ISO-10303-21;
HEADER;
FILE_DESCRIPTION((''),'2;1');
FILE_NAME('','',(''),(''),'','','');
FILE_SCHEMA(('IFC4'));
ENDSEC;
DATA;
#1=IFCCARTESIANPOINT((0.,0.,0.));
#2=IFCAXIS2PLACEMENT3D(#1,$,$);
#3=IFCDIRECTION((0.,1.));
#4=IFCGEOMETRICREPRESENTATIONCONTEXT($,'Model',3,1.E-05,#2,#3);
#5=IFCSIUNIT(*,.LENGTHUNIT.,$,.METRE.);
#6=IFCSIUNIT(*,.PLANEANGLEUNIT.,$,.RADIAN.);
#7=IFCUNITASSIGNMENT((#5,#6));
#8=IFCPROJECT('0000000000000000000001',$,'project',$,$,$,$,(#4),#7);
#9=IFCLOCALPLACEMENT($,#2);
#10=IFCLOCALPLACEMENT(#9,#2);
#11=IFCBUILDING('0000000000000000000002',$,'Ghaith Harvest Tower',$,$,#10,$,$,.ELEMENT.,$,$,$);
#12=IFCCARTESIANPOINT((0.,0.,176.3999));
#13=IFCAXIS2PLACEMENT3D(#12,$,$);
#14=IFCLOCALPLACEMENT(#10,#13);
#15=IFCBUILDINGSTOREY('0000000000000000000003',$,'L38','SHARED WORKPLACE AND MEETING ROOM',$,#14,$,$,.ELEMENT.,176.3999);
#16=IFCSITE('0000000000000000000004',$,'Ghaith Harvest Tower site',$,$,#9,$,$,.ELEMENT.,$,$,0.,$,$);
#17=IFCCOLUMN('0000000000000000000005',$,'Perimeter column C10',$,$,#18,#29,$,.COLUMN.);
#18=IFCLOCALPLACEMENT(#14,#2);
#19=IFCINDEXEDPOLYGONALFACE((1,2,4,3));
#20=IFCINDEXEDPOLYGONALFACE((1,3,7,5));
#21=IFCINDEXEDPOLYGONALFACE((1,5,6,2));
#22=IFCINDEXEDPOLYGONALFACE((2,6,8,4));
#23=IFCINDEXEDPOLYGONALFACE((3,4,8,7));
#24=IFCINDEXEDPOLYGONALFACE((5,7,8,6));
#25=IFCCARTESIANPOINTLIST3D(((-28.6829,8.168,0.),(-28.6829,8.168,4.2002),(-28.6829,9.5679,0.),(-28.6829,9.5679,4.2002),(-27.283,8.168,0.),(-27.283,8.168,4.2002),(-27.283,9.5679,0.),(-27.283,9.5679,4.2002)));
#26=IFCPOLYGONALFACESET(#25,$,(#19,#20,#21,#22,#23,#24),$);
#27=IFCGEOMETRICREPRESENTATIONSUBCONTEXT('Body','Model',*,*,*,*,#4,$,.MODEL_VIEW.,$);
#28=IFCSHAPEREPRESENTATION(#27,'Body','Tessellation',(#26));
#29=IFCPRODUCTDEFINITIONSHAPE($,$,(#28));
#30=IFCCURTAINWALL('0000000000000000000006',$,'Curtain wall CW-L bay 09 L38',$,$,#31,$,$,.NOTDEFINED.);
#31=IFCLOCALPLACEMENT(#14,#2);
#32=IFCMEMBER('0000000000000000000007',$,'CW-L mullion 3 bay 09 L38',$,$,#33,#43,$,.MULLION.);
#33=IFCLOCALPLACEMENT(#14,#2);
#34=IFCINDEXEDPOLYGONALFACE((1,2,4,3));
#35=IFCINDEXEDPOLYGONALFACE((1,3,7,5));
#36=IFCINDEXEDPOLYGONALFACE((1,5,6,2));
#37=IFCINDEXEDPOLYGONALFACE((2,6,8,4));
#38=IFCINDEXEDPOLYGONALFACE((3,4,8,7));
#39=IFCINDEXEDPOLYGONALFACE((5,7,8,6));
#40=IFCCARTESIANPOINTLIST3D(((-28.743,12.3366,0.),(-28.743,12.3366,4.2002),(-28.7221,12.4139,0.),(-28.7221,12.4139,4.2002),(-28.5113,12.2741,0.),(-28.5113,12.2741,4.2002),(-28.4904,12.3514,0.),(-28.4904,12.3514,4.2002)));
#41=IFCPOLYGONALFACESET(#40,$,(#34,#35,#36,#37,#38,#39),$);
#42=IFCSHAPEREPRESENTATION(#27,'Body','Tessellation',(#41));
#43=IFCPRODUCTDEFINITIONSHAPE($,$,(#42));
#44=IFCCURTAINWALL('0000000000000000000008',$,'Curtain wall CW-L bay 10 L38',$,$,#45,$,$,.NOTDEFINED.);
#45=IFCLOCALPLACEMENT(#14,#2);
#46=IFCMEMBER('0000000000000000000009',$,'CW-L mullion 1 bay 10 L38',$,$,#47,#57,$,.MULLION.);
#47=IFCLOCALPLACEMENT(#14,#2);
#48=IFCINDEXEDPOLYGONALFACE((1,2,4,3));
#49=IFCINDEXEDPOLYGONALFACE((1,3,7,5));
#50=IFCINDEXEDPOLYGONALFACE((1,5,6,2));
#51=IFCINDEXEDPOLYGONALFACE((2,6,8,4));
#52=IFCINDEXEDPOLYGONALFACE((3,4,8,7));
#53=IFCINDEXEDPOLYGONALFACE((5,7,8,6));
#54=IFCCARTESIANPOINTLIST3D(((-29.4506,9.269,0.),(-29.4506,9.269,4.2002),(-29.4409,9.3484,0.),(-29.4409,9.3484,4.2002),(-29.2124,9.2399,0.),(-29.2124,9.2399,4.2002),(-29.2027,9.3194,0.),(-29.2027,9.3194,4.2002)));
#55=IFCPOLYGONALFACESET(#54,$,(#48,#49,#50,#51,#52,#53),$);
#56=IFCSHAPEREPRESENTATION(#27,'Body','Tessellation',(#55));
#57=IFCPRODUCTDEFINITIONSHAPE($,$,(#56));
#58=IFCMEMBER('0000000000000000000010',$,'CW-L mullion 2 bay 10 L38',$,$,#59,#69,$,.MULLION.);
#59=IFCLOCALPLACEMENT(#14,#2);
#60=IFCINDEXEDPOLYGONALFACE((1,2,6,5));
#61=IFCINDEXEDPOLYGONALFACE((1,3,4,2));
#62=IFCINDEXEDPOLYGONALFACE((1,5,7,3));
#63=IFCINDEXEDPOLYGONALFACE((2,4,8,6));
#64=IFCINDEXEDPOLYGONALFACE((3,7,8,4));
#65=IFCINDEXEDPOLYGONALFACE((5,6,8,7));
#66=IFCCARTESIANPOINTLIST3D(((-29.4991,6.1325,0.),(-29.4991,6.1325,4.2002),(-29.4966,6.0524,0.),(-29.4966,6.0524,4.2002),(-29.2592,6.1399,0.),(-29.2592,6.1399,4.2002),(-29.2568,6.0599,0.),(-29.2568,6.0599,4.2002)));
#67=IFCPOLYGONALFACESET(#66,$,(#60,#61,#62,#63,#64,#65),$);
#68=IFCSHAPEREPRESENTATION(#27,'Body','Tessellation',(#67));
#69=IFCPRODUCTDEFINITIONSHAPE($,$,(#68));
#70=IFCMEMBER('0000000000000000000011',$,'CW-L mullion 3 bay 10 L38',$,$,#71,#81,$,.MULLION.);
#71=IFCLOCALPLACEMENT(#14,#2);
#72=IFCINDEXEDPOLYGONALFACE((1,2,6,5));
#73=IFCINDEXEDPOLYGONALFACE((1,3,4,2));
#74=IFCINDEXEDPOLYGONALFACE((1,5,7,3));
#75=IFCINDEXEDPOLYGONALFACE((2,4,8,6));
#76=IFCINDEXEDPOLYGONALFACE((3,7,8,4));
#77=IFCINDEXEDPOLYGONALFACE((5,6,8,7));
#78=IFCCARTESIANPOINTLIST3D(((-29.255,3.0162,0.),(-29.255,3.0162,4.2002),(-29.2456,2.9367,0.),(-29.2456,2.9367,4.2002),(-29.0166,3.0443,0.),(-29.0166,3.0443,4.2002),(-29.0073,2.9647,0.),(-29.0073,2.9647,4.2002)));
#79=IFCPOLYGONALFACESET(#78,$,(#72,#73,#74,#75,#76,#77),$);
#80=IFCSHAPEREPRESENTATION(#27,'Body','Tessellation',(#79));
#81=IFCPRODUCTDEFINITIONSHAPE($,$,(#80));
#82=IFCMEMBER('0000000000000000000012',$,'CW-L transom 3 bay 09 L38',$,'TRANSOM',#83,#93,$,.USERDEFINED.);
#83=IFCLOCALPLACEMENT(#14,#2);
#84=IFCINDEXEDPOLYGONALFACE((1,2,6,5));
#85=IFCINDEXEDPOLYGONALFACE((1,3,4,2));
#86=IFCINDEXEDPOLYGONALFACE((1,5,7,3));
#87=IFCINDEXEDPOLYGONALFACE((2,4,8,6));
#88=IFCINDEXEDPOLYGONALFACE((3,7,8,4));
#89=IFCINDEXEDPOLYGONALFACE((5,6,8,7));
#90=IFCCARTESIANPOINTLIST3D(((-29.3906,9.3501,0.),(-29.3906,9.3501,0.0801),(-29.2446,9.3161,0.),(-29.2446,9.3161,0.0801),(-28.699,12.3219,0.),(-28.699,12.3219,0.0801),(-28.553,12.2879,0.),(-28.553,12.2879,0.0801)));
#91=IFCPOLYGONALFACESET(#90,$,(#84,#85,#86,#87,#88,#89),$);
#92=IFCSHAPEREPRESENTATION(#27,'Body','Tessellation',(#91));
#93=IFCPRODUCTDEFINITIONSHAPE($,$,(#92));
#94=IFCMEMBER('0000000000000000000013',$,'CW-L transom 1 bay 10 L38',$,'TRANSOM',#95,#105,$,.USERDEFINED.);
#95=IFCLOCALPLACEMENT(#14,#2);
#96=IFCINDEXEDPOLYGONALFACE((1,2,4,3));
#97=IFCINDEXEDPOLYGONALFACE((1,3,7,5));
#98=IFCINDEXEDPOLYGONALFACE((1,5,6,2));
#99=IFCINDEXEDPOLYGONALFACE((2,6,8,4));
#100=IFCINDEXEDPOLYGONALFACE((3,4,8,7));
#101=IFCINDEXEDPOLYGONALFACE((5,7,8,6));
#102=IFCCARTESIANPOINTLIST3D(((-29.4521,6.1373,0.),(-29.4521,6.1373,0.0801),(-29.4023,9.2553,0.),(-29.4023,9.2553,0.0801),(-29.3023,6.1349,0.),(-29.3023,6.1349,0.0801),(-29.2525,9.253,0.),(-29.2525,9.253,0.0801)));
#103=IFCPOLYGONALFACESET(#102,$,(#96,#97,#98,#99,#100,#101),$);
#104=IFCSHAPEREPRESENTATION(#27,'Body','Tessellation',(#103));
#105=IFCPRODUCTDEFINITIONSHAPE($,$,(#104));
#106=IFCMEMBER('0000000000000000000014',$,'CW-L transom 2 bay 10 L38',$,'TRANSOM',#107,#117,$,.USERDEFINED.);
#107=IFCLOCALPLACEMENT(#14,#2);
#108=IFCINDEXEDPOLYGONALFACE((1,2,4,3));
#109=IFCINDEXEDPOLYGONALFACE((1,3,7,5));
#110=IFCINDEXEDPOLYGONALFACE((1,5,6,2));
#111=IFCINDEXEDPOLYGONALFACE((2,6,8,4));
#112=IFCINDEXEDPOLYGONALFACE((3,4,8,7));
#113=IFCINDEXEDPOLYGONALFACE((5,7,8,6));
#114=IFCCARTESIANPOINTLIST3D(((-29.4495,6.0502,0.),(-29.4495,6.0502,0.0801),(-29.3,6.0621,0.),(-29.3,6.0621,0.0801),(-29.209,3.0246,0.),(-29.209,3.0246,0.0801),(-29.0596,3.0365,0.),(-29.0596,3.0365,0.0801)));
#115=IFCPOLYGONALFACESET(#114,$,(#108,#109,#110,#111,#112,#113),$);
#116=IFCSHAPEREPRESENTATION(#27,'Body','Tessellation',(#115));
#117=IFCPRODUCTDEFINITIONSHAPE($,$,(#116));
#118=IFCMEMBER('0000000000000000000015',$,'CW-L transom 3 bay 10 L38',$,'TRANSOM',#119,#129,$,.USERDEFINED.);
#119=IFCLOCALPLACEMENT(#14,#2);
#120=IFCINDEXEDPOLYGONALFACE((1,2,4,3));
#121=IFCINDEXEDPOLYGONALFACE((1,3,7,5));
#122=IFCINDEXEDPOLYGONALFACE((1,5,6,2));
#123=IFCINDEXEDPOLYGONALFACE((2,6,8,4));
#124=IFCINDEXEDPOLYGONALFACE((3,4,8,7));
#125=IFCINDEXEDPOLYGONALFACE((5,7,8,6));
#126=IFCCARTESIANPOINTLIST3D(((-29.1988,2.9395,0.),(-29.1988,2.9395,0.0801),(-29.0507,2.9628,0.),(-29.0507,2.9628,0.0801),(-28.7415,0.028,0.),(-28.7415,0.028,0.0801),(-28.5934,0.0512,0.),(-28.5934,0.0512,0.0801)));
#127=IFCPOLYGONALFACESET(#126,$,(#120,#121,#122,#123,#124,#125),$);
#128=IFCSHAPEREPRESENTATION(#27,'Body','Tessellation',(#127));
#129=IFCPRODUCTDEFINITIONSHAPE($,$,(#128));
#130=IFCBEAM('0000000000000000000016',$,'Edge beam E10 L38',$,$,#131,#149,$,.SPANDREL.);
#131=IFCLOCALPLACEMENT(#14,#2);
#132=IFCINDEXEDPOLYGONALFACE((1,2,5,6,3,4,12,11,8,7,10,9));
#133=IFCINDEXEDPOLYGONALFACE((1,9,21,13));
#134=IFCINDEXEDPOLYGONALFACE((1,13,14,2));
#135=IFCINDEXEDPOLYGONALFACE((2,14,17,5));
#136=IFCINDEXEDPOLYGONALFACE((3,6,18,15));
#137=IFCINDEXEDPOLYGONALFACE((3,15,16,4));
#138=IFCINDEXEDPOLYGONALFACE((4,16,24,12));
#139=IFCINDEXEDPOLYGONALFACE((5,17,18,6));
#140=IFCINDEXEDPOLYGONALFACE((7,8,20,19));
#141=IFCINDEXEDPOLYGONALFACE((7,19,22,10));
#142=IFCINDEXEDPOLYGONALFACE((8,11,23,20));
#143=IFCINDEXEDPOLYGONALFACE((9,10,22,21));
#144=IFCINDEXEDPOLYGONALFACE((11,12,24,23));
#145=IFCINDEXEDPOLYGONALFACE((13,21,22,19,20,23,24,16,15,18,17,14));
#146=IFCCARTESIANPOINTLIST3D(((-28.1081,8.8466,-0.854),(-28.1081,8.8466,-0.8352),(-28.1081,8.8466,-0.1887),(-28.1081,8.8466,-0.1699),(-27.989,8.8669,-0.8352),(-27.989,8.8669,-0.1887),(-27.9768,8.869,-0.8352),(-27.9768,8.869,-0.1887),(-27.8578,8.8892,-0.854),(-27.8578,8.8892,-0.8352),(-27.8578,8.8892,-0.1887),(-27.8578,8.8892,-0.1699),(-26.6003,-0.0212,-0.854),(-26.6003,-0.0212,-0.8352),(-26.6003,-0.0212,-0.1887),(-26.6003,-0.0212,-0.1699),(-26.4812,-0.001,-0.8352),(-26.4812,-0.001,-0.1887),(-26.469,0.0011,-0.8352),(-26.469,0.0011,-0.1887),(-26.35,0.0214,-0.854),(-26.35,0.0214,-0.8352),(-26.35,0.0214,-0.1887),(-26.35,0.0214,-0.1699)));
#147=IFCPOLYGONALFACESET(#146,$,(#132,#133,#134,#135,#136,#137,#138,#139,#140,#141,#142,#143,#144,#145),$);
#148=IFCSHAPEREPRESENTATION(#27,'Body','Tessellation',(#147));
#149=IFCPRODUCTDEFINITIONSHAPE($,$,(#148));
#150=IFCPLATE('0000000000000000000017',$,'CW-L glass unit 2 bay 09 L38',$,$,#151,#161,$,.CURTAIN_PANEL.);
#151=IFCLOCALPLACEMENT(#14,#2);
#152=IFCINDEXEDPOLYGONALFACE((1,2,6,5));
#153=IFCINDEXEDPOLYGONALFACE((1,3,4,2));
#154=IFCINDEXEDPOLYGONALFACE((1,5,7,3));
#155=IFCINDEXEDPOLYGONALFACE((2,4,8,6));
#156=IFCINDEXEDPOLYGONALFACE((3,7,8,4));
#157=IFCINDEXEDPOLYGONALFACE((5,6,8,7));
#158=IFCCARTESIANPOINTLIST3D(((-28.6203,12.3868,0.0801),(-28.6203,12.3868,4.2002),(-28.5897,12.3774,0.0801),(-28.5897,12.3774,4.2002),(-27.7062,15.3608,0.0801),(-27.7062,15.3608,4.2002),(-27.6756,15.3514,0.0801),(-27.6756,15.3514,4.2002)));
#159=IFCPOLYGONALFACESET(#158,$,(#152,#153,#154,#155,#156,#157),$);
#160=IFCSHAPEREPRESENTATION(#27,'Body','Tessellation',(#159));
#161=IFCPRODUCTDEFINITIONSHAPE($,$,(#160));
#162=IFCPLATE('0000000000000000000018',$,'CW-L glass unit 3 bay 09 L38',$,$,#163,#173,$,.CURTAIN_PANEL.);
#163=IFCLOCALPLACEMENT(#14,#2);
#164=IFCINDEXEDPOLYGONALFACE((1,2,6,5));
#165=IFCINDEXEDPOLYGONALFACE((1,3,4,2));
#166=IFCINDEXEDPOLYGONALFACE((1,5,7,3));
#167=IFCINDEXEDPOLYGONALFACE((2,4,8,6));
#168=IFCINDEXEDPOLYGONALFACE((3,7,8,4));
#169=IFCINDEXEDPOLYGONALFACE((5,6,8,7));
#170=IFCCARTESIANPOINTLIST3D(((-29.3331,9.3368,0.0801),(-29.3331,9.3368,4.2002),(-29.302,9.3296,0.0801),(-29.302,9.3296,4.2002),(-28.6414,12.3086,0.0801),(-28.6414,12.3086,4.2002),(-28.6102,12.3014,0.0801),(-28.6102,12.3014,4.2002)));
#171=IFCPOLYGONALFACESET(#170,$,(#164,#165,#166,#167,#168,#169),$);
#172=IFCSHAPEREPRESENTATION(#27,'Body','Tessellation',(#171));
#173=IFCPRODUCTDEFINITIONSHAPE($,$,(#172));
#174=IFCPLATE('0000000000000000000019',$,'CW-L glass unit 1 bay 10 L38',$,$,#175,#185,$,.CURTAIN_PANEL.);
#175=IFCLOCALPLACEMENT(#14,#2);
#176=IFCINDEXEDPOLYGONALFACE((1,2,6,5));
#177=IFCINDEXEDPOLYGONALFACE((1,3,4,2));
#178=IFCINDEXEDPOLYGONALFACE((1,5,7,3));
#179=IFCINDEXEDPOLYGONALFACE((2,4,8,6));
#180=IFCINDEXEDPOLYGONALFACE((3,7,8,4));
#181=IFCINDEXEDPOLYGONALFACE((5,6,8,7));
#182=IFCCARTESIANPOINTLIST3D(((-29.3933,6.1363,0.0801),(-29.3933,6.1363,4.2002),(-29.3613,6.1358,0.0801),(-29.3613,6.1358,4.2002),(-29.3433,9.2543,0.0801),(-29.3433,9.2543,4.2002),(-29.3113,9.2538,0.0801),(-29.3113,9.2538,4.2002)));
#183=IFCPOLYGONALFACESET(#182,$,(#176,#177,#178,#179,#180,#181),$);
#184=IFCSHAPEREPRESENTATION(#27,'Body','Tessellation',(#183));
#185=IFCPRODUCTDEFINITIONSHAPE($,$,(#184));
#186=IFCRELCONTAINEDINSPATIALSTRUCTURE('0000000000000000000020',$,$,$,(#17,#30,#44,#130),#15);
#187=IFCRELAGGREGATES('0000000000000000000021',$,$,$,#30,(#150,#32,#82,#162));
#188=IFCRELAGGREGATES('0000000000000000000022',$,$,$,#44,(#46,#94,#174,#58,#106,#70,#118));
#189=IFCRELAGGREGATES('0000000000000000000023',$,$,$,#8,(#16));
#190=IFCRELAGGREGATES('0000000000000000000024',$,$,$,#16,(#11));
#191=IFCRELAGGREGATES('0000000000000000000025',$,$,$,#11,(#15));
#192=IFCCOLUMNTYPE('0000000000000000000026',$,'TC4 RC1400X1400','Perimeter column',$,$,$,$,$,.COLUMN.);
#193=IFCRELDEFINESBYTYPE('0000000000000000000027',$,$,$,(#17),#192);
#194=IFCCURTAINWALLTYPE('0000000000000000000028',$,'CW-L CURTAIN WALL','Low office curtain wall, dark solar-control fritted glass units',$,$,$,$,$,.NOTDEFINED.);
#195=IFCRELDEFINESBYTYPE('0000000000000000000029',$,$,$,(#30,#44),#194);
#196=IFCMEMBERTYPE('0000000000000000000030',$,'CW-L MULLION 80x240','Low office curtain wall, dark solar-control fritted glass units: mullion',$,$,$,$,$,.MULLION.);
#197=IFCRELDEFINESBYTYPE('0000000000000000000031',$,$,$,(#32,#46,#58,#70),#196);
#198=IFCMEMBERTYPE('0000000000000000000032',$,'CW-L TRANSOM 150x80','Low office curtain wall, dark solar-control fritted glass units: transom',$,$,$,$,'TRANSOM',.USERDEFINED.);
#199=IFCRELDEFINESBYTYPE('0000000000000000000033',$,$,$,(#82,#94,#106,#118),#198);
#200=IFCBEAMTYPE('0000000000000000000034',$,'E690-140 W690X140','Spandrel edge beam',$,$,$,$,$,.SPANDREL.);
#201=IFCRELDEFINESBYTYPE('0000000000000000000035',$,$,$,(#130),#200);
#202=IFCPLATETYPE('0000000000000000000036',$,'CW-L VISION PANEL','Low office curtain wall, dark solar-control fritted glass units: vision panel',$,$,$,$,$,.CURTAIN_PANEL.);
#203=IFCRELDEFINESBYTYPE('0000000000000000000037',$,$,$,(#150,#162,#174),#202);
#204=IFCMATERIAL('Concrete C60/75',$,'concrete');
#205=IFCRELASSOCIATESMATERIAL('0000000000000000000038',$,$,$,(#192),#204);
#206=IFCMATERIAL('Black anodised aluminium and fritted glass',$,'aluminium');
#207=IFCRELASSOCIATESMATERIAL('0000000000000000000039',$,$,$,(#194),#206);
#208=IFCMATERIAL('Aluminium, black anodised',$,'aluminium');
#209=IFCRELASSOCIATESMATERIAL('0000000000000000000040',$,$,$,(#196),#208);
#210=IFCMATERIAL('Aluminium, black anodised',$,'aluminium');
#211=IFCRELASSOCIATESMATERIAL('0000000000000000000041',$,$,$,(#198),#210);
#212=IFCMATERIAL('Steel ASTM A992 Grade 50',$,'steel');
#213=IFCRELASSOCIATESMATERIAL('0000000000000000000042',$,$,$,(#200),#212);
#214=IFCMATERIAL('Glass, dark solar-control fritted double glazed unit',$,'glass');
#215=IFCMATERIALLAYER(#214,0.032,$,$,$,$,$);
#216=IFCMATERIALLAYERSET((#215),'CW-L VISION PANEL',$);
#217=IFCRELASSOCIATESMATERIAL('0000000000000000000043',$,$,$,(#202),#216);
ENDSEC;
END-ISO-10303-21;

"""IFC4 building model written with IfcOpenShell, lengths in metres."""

from ifc_helpers import new_model, si_unit, direction, frame, origin, origin_2d, place, context, subcontext, project, spatial, rectangle, i_section, extrude, material, layer, layer_set, material_profile, profile_set, type_object, element, aggregate, save


model = new_model("IFC4")

# Units and contexts
model_context = context("Model", 3, precision=1e-05, world=origin(), true_north=direction((0.0, 1.0)))
body_context = subcontext(model_context, "Body", "Model", "MODEL_VIEW")
ifc_project = project(units=[si_unit("LENGTHUNIT", "METRE"), si_unit("PLANEANGLEUNIT", "RADIAN")], contexts=[model_context])

# Site, building, storey
site_placement = place(None, origin())
site = spatial("IfcSite", under=ifc_project, at=site_placement, Name="Ghaith Harvest Tower site", CompositionType="ELEMENT", RefElevation=0.0)
building_placement = place(site_placement, origin())
building = spatial("IfcBuilding", under=site, at=building_placement, Name="Ghaith Harvest Tower", CompositionType="ELEMENT")
storey_placement = place(building_placement, frame((0.0, 0.0, 176.3999)))
storey = spatial("IfcBuildingStorey", under=building, at=storey_placement, Name="L38", Description="SHARED WORKPLACE AND MEETING ROOM", CompositionType="ELEMENT", Elevation=176.3999)

# Column
ifc_material_1 = material(Name="Concrete C60/75", Category="concrete")
ifc_material_profile_1 = material_profile(ifc_material_1, rectangle(XDim=1.3999, YDim=1.3999, at=origin_2d()), Name="RC1400X1400")
ifc_profile_set_1 = profile_set([ifc_material_profile_1], Name="Concrete C60/75")
column_type = type_object("IfcColumnType", Name="TC4 RC1400X1400", Description="Perimeter column", PredefinedType="COLUMN", material=ifc_profile_set_1)
column_placement = place(storey_placement, frame((-27.9829, 8.8679, 0.0), z_axis=(0.0, 0.0, 1.0), x_axis=(1.0, 0.0, 0.0)))
element("IfcColumn", 1, at=column_placement, inside=storey, type_object=column_type, Name="Perimeter column C10", PredefinedType="COLUMN", context=body_context, shape_type="SweptSolid", body=[
    extrude(rectangle(XDim=1.3999, YDim=1.3999, at=origin_2d()), origin(), (0.0, 0.0, 1.0), 4.2002),
])

# Curtain wall, member
ifc_material_2 = material(Name="Black anodised aluminium and fritted glass", Category="aluminium")
curtain_wall_type = type_object("IfcCurtainWallType", Name="CW-L CURTAIN WALL", Description="Low office curtain wall, dark solar-control fritted glass units", PredefinedType="NOTDEFINED", material=ifc_material_2)
curtain_wall_1_placement = place(storey_placement, origin())
curtain_wall_1 = element("IfcCurtainWall", 2, at=curtain_wall_1_placement, inside=storey, type_object=curtain_wall_type, Name="Curtain wall CW-L bay 09 L38", PredefinedType="NOTDEFINED")
ifc_material_3 = material(Name="Aluminium, black anodised", Category="aluminium")
ifc_material_profile_2 = material_profile(ifc_material_3, rectangle(XDim=0.0801, YDim=0.24, at=origin_2d()), Name="CW-L MULLION 80x240")
ifc_profile_set_2 = profile_set([ifc_material_profile_2], Name="Aluminium, black anodised")
member_type_1 = type_object("IfcMemberType", Name="CW-L MULLION 80x240", Description="Low office curtain wall, dark solar-control fritted glass units: mullion", PredefinedType="MULLION", material=ifc_profile_set_2)
member_1_placement = place(storey_placement, frame((-28.6167, 12.344, 0.0), z_axis=(0.0, 0.0, 1.0), x_axis=(-0.260727, -0.965412, 0.0)))
member_1 = element("IfcMember", 3, at=member_1_placement, type_object=member_type_1, Name="CW-L mullion 3 bay 09 L38", PredefinedType="MULLION", context=body_context, shape_type="SweptSolid", body=[
    extrude(rectangle(XDim=0.0801, YDim=0.24, at=origin_2d()), origin(), (0.0, 0.0, 1.0), 4.2002),
])

# Curtain wall, members
curtain_wall_2_placement = place(storey_placement, origin())
curtain_wall_2 = element("IfcCurtainWall", 4, at=curtain_wall_2_placement, inside=storey, type_object=curtain_wall_type, Name="Curtain wall CW-L bay 10 L38", PredefinedType="NOTDEFINED")
member_2_placement = place(storey_placement, frame((-29.3267, 9.2942, 0.0), z_axis=(0.0, 0.0, 1.0), x_axis=(-0.120932, -0.992661, 0.0)))
member_2 = element("IfcMember", 5, at=member_2_placement, type_object=member_type_1, Name="CW-L mullion 1 bay 10 L38", PredefinedType="MULLION", context=body_context, shape_type="SweptSolid", body=[
    extrude(rectangle(XDim=0.0801, YDim=0.24, at=origin_2d()), origin(), (0.0, 0.0, 1.0), 4.2002),
])
member_3_placement = place(storey_placement, frame((-29.3779, 6.0962, 0.0), z_axis=(0.0, 0.0, 1.0), x_axis=(0.031028, -0.999519, 0.0)))
member_3 = element("IfcMember", 6, at=member_3_placement, type_object=member_type_1, Name="CW-L mullion 2 bay 10 L38", PredefinedType="MULLION", context=body_context, shape_type="SweptSolid", body=[
    extrude(rectangle(XDim=0.0801, YDim=0.24, at=origin_2d()), origin(), (0.0, 0.0, 1.0), 4.2002),
])
member_4_placement = place(storey_placement, frame((-29.1311, 2.9905, 0.0), z_axis=(0.0, 0.0, 1.0), x_axis=(0.116764, -0.99316, 0.0)))
member_4 = element("IfcMember", 7, at=member_4_placement, type_object=member_type_1, Name="CW-L mullion 3 bay 10 L38", PredefinedType="MULLION", context=body_context, shape_type="SweptSolid", body=[
    extrude(rectangle(XDim=0.0801, YDim=0.24, at=origin_2d()), origin(), (0.0, 0.0, 1.0), 4.2002),
])

# Members
ifc_material_4 = material(Name="Aluminium, black anodised", Category="aluminium")
ifc_material_profile_3 = material_profile(ifc_material_4, rectangle(XDim=0.1499, YDim=0.0801, at=origin_2d()), Name="CW-L TRANSOM 150x80")
ifc_profile_set_3 = profile_set([ifc_material_profile_3], Name="Aluminium, black anodised")
member_type_2 = type_object("IfcMemberType", Name="CW-L TRANSOM 150x80", Description="Low office curtain wall, dark solar-control fritted glass units: transom", ElementType="TRANSOM", PredefinedType="USERDEFINED", material=ifc_profile_set_3)
member_5_placement = place(storey_placement, frame((-28.626, 12.3049, 0.04), z_axis=(-0.226671, -0.973971, 0.0), x_axis=(0.973971, -0.226671, 0.0)))
member_5 = element("IfcMember", 8, at=member_5_placement, type_object=member_type_2, Name="CW-L transom 3 bay 09 L38", ObjectType="TRANSOM", PredefinedType="USERDEFINED", context=body_context, shape_type="SweptSolid", body=[
    extrude(rectangle(XDim=0.1499, YDim=0.0801, at=origin_2d()), origin(), (0.0, 0.0, 1.0), 3.0513),
])
member_6_placement = place(storey_placement, frame((-29.3274, 9.2542, 0.04), z_axis=(-0.015972, -0.999872, 0.0), x_axis=(0.999872, -0.015972, 0.0)))
member_6 = element("IfcMember", 9, at=member_6_placement, type_object=member_type_2, Name="CW-L transom 1 bay 10 L38", ObjectType="TRANSOM", PredefinedType="USERDEFINED", context=body_context, shape_type="SweptSolid", body=[
    extrude(rectangle(XDim=0.1499, YDim=0.0801, at=origin_2d()), origin(), (0.0, 0.0, 1.0), 3.1184),
])
member_7_placement = place(storey_placement, frame((-29.3748, 6.0562, 0.04), z_axis=(0.07923, -0.996856, 0.0), x_axis=(0.996856, 0.07923, 0.0)))
member_7 = element("IfcMember", 10, at=member_7_placement, type_object=member_type_2, Name="CW-L transom 2 bay 10 L38", ObjectType="TRANSOM", PredefinedType="USERDEFINED", context=body_context, shape_type="SweptSolid", body=[
    extrude(rectangle(XDim=0.1499, YDim=0.0801, at=origin_2d()), origin(), (0.0, 0.0, 1.0), 3.0352),
])
member_8_placement = place(storey_placement, frame((-29.1248, 2.9512, 0.04), z_axis=(0.15515, -0.987891, 0.0), x_axis=(0.987891, 0.15515, 0.0)))
member_8 = element("IfcMember", 11, at=member_8_placement, type_object=member_type_2, Name="CW-L transom 3 bay 10 L38", ObjectType="TRANSOM", PredefinedType="USERDEFINED", context=body_context, shape_type="SweptSolid", body=[
    extrude(rectangle(XDim=0.1499, YDim=0.0801, at=origin_2d()), origin(), (0.0, 0.0, 1.0), 2.9473),
])

# Beam
ifc_material_5 = material(Name="Steel ASTM A992 Grade 50", Category="steel")
ifc_material_profile_4 = material_profile(ifc_material_5, i_section(OverallWidth=0.2539, OverallDepth=0.6841, WebThickness=0.0125, FlangeThickness=0.0188, at=origin_2d()), Name="W690X140")
ifc_profile_set_4 = profile_set([ifc_material_profile_4], Name="Steel ASTM A992 Grade 50")
beam_type = type_object("IfcBeamType", Name="E690-140 W690X140", Description="Spandrel edge beam", PredefinedType="SPANDREL", material=ifc_profile_set_4)
beam_placement = place(storey_placement, frame((-27.9829, 8.8679, -0.512), z_axis=(0.167624, -0.985851, 0.0), x_axis=(0.985851, 0.167624, 0.0)))
element("IfcBeam", 12, at=beam_placement, inside=storey, type_object=beam_type, Name="Edge beam E10 L38", PredefinedType="SPANDREL", context=body_context, shape_type="SweptSolid", body=[
    extrude(i_section(OverallWidth=0.2539, OverallDepth=0.6841, WebThickness=0.0125, FlangeThickness=0.0188, at=origin_2d()), origin(), (0.0, 0.0, 1.0), 8.9951),
])

# Plates
ifc_material_6 = material(Name="Glass, dark solar-control fritted double glazed unit", Category="glass")
ifc_layer_1 = layer(ifc_material_6, 0.032)
ifc_layer_set_1 = layer_set([ifc_layer_1], Name="CW-L VISION PANEL")
plate_type_1 = type_object("IfcPlateType", Name="CW-L VISION PANEL", Description="Low office curtain wall, dark solar-control fritted glass units: vision panel", PredefinedType="CURTAIN_PANEL", material=ifc_layer_set_1)
plate_1_placement = place(storey_placement, frame((-28.1479, 13.8691, 0.0801), z_axis=(0.0, 0.0, 1.0), x_axis=(-0.293803, -0.955866, 0.0)))
plate_1 = element("IfcPlate", 13, at=plate_1_placement, type_object=plate_type_1, Name="CW-L glass unit 2 bay 09 L38", PredefinedType="CURTAIN_PANEL", context=body_context, shape_type="SweptSolid", body=[
    extrude(rectangle(XDim=3.1113, YDim=0.032, at=origin_2d()), origin(), (0.0, 0.0, 1.0), 4.1201),
])
plate_2_placement = place(storey_placement, frame((-28.9717, 10.8191, 0.0801), z_axis=(0.0, 0.0, 1.0), x_axis=(-0.226699, -0.973965, 0.0)))
plate_2 = element("IfcPlate", 14, at=plate_2_placement, type_object=plate_type_1, Name="CW-L glass unit 3 bay 09 L38", PredefinedType="CURTAIN_PANEL", context=body_context, shape_type="SweptSolid", body=[
    extrude(rectangle(XDim=3.0513, YDim=0.032, at=origin_2d()), origin(), (0.0, 0.0, 1.0), 4.1201),
])
aggregate(curtain_wall_1, [plate_1, member_1, member_5, plate_2])
plate_3_placement = place(storey_placement, frame((-29.3523, 7.6951, 0.0801), z_axis=(0.0, 0.0, 1.0), x_axis=(-0.016034, -0.999871, 0.0)))
plate_3 = element("IfcPlate", 15, at=plate_3_placement, type_object=plate_type_1, Name="CW-L glass unit 1 bay 10 L38", PredefinedType="CURTAIN_PANEL", context=body_context, shape_type="SweptSolid", body=[
    extrude(rectangle(XDim=3.1184, YDim=0.032, at=origin_2d()), origin(), (0.0, 0.0, 1.0), 4.1201),
])
aggregate(curtain_wall_2, [member_2, member_6, plate_3, member_3, member_7, member_4, member_8])

save(model, "model.ifc")
